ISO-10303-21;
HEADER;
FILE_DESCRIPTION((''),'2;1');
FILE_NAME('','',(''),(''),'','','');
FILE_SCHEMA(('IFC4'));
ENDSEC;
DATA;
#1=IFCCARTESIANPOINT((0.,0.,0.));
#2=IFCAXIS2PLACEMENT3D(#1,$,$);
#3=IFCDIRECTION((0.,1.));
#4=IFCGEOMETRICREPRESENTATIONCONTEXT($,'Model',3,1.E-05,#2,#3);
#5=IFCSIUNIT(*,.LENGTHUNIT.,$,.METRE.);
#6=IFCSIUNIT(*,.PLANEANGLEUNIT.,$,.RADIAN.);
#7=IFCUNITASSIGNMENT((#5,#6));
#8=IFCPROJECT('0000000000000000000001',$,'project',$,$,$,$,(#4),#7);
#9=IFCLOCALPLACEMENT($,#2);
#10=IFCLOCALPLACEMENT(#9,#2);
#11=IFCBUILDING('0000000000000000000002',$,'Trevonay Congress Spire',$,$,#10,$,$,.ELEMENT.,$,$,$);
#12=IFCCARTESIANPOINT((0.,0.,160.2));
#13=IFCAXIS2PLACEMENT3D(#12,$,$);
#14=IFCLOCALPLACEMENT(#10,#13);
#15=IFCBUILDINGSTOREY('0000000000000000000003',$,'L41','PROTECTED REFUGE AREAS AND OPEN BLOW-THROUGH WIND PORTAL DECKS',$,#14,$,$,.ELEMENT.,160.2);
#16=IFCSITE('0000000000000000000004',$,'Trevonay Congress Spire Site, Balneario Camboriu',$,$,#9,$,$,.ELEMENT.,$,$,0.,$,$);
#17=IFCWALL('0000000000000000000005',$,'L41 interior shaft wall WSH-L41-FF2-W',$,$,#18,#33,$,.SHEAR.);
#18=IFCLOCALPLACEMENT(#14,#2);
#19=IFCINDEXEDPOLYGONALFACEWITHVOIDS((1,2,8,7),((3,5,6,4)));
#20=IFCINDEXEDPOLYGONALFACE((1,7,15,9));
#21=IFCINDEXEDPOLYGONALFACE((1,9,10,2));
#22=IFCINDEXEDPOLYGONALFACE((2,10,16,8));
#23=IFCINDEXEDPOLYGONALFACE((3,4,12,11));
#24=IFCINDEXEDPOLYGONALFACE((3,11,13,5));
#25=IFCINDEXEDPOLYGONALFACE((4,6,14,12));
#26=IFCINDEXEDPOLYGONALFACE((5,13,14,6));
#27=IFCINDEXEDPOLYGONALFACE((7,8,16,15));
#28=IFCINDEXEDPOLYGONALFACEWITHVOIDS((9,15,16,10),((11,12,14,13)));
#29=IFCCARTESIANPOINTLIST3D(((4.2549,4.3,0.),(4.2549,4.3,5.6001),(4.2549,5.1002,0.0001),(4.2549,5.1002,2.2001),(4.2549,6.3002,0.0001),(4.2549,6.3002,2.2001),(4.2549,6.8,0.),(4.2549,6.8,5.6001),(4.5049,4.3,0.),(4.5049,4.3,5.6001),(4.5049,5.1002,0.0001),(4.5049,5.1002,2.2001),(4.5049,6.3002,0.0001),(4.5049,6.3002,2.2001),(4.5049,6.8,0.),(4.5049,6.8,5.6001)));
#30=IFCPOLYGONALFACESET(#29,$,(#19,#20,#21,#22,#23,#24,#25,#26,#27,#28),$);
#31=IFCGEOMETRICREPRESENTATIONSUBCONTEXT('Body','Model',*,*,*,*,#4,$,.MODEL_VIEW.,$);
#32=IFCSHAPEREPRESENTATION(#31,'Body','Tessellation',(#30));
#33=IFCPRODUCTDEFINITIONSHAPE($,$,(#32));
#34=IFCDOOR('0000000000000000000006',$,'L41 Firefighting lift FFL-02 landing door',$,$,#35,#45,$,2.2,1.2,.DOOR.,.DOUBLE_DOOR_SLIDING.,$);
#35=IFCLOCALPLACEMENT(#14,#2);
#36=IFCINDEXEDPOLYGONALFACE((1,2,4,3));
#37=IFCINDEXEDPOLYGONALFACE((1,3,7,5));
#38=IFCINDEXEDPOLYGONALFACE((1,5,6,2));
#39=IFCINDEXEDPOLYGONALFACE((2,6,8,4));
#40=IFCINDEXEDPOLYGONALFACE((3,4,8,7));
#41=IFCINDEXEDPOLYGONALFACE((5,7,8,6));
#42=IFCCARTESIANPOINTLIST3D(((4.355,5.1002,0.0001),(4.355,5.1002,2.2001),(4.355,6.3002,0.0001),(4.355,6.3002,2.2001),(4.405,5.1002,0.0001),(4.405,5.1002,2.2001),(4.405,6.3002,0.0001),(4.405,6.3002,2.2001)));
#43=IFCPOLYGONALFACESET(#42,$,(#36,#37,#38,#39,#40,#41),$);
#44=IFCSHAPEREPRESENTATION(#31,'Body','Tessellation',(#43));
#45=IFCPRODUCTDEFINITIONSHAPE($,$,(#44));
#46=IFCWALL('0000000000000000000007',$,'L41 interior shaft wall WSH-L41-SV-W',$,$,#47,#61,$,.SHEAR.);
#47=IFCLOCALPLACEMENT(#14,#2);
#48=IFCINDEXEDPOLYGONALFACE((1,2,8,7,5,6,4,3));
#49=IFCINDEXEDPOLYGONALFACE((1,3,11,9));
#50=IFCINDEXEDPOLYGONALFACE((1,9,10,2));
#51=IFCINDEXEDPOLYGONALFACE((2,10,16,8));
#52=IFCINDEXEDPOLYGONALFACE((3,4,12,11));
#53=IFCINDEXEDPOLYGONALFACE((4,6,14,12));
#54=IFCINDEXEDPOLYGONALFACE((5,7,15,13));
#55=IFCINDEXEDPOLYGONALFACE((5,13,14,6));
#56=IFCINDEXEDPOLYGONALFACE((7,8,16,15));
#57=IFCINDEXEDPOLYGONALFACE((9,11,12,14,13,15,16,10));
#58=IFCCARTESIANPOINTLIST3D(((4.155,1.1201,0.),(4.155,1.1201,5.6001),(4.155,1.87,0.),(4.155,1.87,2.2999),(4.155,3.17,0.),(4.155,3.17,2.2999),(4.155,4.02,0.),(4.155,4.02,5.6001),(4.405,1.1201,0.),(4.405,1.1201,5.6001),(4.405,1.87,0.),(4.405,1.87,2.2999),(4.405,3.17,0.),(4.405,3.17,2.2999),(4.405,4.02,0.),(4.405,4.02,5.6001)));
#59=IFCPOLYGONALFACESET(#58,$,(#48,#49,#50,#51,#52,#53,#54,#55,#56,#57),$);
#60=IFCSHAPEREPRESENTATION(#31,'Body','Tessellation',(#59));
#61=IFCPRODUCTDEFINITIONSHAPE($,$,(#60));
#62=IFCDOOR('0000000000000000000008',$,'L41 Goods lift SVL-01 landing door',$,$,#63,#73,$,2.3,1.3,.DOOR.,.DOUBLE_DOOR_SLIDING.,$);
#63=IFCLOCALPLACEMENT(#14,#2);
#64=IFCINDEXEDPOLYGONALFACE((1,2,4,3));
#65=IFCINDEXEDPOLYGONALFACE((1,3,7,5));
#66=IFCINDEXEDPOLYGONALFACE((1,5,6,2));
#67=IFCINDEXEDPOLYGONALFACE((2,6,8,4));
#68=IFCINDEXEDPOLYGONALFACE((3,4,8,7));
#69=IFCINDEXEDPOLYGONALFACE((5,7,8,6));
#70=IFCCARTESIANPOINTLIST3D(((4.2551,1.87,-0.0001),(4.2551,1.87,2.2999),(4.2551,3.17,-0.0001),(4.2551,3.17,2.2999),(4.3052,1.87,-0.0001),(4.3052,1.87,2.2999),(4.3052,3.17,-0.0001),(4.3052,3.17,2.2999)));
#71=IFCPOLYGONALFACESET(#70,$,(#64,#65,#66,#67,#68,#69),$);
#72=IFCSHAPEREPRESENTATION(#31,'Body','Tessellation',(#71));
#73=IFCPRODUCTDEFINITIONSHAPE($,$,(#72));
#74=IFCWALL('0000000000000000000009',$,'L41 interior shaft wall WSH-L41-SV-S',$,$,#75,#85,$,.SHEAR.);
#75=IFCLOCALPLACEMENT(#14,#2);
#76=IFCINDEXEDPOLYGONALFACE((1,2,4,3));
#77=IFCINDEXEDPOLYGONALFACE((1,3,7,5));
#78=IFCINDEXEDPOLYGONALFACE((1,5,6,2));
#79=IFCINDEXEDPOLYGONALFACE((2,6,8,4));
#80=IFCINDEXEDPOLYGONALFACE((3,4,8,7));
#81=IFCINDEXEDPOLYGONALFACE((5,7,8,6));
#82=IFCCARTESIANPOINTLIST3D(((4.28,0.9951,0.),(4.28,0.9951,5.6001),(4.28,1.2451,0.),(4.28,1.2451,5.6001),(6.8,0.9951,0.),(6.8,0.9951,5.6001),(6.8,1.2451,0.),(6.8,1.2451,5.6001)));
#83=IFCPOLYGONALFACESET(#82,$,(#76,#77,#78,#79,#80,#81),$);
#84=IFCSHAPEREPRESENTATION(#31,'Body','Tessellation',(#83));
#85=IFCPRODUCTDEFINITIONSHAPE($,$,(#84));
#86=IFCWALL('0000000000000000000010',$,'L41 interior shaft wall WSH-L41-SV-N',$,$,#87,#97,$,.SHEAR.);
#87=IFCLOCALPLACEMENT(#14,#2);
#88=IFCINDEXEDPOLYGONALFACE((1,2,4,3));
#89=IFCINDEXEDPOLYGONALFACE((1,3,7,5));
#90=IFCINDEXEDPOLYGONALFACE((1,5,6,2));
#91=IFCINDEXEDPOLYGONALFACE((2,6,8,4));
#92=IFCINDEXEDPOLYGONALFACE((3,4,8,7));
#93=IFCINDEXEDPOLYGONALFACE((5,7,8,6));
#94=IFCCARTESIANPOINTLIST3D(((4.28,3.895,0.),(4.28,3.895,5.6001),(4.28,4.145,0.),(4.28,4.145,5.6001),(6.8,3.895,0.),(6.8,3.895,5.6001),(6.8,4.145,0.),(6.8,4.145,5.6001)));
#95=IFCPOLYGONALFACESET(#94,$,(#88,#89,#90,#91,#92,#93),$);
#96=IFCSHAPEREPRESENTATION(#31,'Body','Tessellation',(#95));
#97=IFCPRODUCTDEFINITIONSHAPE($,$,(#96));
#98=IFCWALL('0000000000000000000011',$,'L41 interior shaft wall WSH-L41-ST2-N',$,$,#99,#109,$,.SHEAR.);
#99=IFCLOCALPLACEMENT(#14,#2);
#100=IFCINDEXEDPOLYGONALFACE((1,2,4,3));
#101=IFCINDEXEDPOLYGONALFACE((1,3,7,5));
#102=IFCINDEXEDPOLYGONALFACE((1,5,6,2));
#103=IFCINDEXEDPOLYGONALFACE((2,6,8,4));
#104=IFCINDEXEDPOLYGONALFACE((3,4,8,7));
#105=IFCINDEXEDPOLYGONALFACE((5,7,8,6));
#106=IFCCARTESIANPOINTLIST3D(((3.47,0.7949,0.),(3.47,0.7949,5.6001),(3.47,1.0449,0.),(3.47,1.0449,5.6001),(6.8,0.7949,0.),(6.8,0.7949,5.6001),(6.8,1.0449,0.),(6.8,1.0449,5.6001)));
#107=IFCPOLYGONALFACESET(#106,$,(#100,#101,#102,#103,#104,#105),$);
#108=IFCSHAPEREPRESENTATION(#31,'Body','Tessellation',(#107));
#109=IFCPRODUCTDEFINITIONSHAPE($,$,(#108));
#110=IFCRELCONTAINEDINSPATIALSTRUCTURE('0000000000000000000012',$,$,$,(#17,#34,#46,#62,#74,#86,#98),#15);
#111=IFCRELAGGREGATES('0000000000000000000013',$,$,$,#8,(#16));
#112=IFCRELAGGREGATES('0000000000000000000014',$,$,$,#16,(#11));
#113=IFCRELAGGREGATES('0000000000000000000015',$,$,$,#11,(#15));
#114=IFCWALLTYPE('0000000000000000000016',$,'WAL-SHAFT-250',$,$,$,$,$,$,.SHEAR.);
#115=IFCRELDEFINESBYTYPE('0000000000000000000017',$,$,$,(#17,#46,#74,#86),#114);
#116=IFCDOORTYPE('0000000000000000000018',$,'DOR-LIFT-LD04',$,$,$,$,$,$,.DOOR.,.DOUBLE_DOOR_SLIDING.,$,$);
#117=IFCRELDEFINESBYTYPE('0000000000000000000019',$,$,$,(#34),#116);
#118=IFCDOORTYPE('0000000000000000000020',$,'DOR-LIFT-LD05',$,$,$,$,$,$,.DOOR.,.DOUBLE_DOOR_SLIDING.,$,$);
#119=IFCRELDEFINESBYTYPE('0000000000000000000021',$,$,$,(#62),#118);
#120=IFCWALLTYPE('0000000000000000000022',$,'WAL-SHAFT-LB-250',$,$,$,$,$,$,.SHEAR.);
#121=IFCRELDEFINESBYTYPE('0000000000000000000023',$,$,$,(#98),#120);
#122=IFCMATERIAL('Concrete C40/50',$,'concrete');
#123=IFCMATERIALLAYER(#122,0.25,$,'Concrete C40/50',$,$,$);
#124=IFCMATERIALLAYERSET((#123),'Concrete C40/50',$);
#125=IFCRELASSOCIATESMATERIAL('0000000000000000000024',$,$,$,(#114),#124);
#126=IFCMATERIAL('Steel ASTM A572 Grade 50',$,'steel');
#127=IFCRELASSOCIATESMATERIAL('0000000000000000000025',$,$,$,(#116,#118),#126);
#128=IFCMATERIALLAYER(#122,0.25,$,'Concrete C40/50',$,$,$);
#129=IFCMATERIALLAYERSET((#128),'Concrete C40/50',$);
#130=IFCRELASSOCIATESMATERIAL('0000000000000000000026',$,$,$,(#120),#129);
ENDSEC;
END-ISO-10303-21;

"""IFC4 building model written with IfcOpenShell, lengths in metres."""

from ifc_helpers import new_model, si_unit, direction, frame, frame_2d, origin, place, context, subcontext, project, spatial, rectangle, extrude, material, layer, layer_set, type_object, element, fill, save


model = new_model("IFC4")

# Units and contexts
model_context = context("Model", 3, precision=1e-05, world=origin(), true_north=direction((0.0, 1.0)))
body_context = subcontext(model_context, "Body", "Model", "MODEL_VIEW")
ifc_project = project(units=[si_unit("LENGTHUNIT", "METRE"), si_unit("PLANEANGLEUNIT", "RADIAN")], contexts=[model_context])

# Site, building, storey
site_placement = place(None, origin())
site = spatial("IfcSite", under=ifc_project, at=site_placement, Name="Trevonay Congress Spire Site, Balneario Camboriu", CompositionType="ELEMENT", RefElevation=0.0)
building_placement = place(site_placement, origin())
building = spatial("IfcBuilding", under=site, at=building_placement, Name="Trevonay Congress Spire", CompositionType="ELEMENT")
storey_placement = place(building_placement, frame((0.0, 0.0, 160.2)))
storey = spatial("IfcBuildingStorey", under=building, at=storey_placement, Name="L41", Description="PROTECTED REFUGE AREAS AND OPEN BLOW-THROUGH WIND PORTAL DECKS", CompositionType="ELEMENT", Elevation=160.2)

# Shared definitions
ifc_material_1 = material(Name="Steel ASTM A572 Grade 50", Category="steel")

# Shared definitions
ifc_material_2 = material(Name="Concrete C40/50", Category="concrete")

# Shared definitions
ifc_layer_1 = layer(ifc_material_2, 0.25, Name="Concrete C40/50")
ifc_layer_set_1 = layer_set([ifc_layer_1], Name="Concrete C40/50")
wall_type_1 = type_object("IfcWallType", Name="WAL-SHAFT-250", PredefinedType="SHEAR", material=ifc_layer_set_1)

# Walls, openings, doors
wall_1_placement = place(storey_placement, frame((4.3799, 4.3, 0.0), z_axis=(0.0, 0.0, 1.0), x_axis=(0.0, 1.0, 0.0)))
wall_1 = element("IfcWall", 1, at=wall_1_placement, inside=storey, type_object=wall_type_1, Name="L41 interior shaft wall WSH-L41-FF2-W", PredefinedType="SHEAR", context=body_context, shape_type="SweptSolid", body=[
    extrude(rectangle(XDim=2.5, YDim=0.25, at=frame_2d((1.25, 0.0))), origin(), (0.0, 0.0, 1.0), 5.6001),
])
opening_1_placement = place(wall_1_placement, frame((0.8, 0.0, 0.0)))
opening_1 = element("IfcOpeningElement", 2, at=opening_1_placement, cuts=wall_1, PredefinedType="OPENING", context=body_context, shape_type="SweptSolid", body=[
    extrude(rectangle(XDim=1.2, YDim=2.2, at=frame_2d((0.6001, 1.1001))), frame((0.0, 0.135, 0.0), z_axis=(0.0, -1.0, 0.0), x_axis=(1.0, 0.0, 0.0)), (0.0, 0.0, 1.0), 0.27),
])
door_type_1 = type_object("IfcDoorType", Name="DOR-LIFT-LD04", OperationType="DOUBLE_DOOR_SLIDING", PredefinedType="DOOR", material=ifc_material_1)
door_1_placement = place(opening_1_placement, origin())
door_1 = element("IfcDoor", 3, at=door_1_placement, inside=storey, type_object=door_type_1, Name="L41 Firefighting lift FFL-02 landing door", OperationType="DOUBLE_DOOR_SLIDING", OverallHeight=2.2, OverallWidth=1.2, PredefinedType="DOOR", context=body_context, shape_type="SweptSolid", body=[
    extrude(rectangle(XDim=1.2, YDim=2.2, at=frame_2d((0.6001, 1.1001))), frame((0.0, 0.0249, 0.0), z_axis=(0.0, -1.0, 0.0), x_axis=(1.0, 0.0, 0.0)), (0.0, 0.0, 1.0), 0.05),
])
fill(opening_1, door_1)
wall_2_placement = place(storey_placement, frame((4.28, 1.1201, 0.0), z_axis=(0.0, 0.0, 1.0), x_axis=(0.0, 1.0, 0.0)))
wall_2 = element("IfcWall", 4, at=wall_2_placement, inside=storey, type_object=wall_type_1, Name="L41 interior shaft wall WSH-L41-SV-W", PredefinedType="SHEAR", context=body_context, shape_type="SweptSolid", body=[
    extrude(rectangle(XDim=2.8999, YDim=0.25, at=frame_2d((1.45, 0.0))), origin(), (0.0, 0.0, 1.0), 5.6001),
])
opening_2_placement = place(wall_2_placement, frame((0.75, 0.0, 0.0)))
opening_2 = element("IfcOpeningElement", 5, at=opening_2_placement, cuts=wall_2, PredefinedType="OPENING", context=body_context, shape_type="SweptSolid", body=[
    extrude(rectangle(XDim=1.3, YDim=2.3, at=frame_2d((0.6499, 1.1499))), frame((0.0, 0.135, 0.0), z_axis=(0.0, -1.0, 0.0), x_axis=(1.0, 0.0, 0.0)), (0.0, 0.0, 1.0), 0.27),
])
door_type_2 = type_object("IfcDoorType", Name="DOR-LIFT-LD05", OperationType="DOUBLE_DOOR_SLIDING", PredefinedType="DOOR", material=ifc_material_1)
door_2_placement = place(opening_2_placement, origin())
door_2 = element("IfcDoor", 6, at=door_2_placement, inside=storey, type_object=door_type_2, Name="L41 Goods lift SVL-01 landing door", OperationType="DOUBLE_DOOR_SLIDING", OverallHeight=2.3, OverallWidth=1.3, PredefinedType="DOOR", context=body_context, shape_type="SweptSolid", body=[
    extrude(rectangle(XDim=1.3, YDim=2.3, at=frame_2d((0.6499, 1.1499))), frame((0.0, 0.0249, 0.0), z_axis=(0.0, -1.0, 0.0), x_axis=(1.0, 0.0, 0.0)), (0.0, 0.0, 1.0), 0.05),
])
fill(opening_2, door_2)

# Walls
for number, where, z_axis, x_axis, name in (
    (7, (4.28, 1.1201, 0.0), (0.0, 0.0, 1.0), (1.0, 0.0, 0.0), "L41 interior shaft wall WSH-L41-SV-S"),
    (8, (4.28, 4.02, 0.0), (0.0, 0.0, 1.0), (1.0, 0.0, 0.0), "L41 interior shaft wall WSH-L41-SV-N"),
):
    element("IfcWall", number, at=place(storey_placement, frame(where, z_axis=z_axis, x_axis=x_axis)), inside=storey, type_object=wall_type_1, Name=name, PredefinedType="SHEAR", context=body_context, shape_type="SweptSolid", body=[
        extrude(rectangle(XDim=2.52, YDim=0.25, at=frame_2d((1.26, 0.0))), origin(), (0.0, 0.0, 1.0), 5.6001),
    ])
ifc_layer_2 = layer(ifc_material_2, 0.25, Name="Concrete C40/50")
ifc_layer_set_2 = layer_set([ifc_layer_2], Name="Concrete C40/50")
wall_type_2 = type_object("IfcWallType", Name="WAL-SHAFT-LB-250", PredefinedType="SHEAR", material=ifc_layer_set_2)
wall_3_placement = place(storey_placement, frame((3.47, 0.9199, 0.0), z_axis=(0.0, 0.0, 1.0), x_axis=(1.0, 0.0, 0.0)))
element("IfcWall", 9, at=wall_3_placement, inside=storey, type_object=wall_type_2, Name="L41 interior shaft wall WSH-L41-ST2-N", PredefinedType="SHEAR", context=body_context, shape_type="SweptSolid", body=[
    extrude(rectangle(XDim=3.3301, YDim=0.25, at=frame_2d((1.665, 0.0))), origin(), (0.0, 0.0, 1.0), 5.6001),
])

save(model, "model.ifc")
